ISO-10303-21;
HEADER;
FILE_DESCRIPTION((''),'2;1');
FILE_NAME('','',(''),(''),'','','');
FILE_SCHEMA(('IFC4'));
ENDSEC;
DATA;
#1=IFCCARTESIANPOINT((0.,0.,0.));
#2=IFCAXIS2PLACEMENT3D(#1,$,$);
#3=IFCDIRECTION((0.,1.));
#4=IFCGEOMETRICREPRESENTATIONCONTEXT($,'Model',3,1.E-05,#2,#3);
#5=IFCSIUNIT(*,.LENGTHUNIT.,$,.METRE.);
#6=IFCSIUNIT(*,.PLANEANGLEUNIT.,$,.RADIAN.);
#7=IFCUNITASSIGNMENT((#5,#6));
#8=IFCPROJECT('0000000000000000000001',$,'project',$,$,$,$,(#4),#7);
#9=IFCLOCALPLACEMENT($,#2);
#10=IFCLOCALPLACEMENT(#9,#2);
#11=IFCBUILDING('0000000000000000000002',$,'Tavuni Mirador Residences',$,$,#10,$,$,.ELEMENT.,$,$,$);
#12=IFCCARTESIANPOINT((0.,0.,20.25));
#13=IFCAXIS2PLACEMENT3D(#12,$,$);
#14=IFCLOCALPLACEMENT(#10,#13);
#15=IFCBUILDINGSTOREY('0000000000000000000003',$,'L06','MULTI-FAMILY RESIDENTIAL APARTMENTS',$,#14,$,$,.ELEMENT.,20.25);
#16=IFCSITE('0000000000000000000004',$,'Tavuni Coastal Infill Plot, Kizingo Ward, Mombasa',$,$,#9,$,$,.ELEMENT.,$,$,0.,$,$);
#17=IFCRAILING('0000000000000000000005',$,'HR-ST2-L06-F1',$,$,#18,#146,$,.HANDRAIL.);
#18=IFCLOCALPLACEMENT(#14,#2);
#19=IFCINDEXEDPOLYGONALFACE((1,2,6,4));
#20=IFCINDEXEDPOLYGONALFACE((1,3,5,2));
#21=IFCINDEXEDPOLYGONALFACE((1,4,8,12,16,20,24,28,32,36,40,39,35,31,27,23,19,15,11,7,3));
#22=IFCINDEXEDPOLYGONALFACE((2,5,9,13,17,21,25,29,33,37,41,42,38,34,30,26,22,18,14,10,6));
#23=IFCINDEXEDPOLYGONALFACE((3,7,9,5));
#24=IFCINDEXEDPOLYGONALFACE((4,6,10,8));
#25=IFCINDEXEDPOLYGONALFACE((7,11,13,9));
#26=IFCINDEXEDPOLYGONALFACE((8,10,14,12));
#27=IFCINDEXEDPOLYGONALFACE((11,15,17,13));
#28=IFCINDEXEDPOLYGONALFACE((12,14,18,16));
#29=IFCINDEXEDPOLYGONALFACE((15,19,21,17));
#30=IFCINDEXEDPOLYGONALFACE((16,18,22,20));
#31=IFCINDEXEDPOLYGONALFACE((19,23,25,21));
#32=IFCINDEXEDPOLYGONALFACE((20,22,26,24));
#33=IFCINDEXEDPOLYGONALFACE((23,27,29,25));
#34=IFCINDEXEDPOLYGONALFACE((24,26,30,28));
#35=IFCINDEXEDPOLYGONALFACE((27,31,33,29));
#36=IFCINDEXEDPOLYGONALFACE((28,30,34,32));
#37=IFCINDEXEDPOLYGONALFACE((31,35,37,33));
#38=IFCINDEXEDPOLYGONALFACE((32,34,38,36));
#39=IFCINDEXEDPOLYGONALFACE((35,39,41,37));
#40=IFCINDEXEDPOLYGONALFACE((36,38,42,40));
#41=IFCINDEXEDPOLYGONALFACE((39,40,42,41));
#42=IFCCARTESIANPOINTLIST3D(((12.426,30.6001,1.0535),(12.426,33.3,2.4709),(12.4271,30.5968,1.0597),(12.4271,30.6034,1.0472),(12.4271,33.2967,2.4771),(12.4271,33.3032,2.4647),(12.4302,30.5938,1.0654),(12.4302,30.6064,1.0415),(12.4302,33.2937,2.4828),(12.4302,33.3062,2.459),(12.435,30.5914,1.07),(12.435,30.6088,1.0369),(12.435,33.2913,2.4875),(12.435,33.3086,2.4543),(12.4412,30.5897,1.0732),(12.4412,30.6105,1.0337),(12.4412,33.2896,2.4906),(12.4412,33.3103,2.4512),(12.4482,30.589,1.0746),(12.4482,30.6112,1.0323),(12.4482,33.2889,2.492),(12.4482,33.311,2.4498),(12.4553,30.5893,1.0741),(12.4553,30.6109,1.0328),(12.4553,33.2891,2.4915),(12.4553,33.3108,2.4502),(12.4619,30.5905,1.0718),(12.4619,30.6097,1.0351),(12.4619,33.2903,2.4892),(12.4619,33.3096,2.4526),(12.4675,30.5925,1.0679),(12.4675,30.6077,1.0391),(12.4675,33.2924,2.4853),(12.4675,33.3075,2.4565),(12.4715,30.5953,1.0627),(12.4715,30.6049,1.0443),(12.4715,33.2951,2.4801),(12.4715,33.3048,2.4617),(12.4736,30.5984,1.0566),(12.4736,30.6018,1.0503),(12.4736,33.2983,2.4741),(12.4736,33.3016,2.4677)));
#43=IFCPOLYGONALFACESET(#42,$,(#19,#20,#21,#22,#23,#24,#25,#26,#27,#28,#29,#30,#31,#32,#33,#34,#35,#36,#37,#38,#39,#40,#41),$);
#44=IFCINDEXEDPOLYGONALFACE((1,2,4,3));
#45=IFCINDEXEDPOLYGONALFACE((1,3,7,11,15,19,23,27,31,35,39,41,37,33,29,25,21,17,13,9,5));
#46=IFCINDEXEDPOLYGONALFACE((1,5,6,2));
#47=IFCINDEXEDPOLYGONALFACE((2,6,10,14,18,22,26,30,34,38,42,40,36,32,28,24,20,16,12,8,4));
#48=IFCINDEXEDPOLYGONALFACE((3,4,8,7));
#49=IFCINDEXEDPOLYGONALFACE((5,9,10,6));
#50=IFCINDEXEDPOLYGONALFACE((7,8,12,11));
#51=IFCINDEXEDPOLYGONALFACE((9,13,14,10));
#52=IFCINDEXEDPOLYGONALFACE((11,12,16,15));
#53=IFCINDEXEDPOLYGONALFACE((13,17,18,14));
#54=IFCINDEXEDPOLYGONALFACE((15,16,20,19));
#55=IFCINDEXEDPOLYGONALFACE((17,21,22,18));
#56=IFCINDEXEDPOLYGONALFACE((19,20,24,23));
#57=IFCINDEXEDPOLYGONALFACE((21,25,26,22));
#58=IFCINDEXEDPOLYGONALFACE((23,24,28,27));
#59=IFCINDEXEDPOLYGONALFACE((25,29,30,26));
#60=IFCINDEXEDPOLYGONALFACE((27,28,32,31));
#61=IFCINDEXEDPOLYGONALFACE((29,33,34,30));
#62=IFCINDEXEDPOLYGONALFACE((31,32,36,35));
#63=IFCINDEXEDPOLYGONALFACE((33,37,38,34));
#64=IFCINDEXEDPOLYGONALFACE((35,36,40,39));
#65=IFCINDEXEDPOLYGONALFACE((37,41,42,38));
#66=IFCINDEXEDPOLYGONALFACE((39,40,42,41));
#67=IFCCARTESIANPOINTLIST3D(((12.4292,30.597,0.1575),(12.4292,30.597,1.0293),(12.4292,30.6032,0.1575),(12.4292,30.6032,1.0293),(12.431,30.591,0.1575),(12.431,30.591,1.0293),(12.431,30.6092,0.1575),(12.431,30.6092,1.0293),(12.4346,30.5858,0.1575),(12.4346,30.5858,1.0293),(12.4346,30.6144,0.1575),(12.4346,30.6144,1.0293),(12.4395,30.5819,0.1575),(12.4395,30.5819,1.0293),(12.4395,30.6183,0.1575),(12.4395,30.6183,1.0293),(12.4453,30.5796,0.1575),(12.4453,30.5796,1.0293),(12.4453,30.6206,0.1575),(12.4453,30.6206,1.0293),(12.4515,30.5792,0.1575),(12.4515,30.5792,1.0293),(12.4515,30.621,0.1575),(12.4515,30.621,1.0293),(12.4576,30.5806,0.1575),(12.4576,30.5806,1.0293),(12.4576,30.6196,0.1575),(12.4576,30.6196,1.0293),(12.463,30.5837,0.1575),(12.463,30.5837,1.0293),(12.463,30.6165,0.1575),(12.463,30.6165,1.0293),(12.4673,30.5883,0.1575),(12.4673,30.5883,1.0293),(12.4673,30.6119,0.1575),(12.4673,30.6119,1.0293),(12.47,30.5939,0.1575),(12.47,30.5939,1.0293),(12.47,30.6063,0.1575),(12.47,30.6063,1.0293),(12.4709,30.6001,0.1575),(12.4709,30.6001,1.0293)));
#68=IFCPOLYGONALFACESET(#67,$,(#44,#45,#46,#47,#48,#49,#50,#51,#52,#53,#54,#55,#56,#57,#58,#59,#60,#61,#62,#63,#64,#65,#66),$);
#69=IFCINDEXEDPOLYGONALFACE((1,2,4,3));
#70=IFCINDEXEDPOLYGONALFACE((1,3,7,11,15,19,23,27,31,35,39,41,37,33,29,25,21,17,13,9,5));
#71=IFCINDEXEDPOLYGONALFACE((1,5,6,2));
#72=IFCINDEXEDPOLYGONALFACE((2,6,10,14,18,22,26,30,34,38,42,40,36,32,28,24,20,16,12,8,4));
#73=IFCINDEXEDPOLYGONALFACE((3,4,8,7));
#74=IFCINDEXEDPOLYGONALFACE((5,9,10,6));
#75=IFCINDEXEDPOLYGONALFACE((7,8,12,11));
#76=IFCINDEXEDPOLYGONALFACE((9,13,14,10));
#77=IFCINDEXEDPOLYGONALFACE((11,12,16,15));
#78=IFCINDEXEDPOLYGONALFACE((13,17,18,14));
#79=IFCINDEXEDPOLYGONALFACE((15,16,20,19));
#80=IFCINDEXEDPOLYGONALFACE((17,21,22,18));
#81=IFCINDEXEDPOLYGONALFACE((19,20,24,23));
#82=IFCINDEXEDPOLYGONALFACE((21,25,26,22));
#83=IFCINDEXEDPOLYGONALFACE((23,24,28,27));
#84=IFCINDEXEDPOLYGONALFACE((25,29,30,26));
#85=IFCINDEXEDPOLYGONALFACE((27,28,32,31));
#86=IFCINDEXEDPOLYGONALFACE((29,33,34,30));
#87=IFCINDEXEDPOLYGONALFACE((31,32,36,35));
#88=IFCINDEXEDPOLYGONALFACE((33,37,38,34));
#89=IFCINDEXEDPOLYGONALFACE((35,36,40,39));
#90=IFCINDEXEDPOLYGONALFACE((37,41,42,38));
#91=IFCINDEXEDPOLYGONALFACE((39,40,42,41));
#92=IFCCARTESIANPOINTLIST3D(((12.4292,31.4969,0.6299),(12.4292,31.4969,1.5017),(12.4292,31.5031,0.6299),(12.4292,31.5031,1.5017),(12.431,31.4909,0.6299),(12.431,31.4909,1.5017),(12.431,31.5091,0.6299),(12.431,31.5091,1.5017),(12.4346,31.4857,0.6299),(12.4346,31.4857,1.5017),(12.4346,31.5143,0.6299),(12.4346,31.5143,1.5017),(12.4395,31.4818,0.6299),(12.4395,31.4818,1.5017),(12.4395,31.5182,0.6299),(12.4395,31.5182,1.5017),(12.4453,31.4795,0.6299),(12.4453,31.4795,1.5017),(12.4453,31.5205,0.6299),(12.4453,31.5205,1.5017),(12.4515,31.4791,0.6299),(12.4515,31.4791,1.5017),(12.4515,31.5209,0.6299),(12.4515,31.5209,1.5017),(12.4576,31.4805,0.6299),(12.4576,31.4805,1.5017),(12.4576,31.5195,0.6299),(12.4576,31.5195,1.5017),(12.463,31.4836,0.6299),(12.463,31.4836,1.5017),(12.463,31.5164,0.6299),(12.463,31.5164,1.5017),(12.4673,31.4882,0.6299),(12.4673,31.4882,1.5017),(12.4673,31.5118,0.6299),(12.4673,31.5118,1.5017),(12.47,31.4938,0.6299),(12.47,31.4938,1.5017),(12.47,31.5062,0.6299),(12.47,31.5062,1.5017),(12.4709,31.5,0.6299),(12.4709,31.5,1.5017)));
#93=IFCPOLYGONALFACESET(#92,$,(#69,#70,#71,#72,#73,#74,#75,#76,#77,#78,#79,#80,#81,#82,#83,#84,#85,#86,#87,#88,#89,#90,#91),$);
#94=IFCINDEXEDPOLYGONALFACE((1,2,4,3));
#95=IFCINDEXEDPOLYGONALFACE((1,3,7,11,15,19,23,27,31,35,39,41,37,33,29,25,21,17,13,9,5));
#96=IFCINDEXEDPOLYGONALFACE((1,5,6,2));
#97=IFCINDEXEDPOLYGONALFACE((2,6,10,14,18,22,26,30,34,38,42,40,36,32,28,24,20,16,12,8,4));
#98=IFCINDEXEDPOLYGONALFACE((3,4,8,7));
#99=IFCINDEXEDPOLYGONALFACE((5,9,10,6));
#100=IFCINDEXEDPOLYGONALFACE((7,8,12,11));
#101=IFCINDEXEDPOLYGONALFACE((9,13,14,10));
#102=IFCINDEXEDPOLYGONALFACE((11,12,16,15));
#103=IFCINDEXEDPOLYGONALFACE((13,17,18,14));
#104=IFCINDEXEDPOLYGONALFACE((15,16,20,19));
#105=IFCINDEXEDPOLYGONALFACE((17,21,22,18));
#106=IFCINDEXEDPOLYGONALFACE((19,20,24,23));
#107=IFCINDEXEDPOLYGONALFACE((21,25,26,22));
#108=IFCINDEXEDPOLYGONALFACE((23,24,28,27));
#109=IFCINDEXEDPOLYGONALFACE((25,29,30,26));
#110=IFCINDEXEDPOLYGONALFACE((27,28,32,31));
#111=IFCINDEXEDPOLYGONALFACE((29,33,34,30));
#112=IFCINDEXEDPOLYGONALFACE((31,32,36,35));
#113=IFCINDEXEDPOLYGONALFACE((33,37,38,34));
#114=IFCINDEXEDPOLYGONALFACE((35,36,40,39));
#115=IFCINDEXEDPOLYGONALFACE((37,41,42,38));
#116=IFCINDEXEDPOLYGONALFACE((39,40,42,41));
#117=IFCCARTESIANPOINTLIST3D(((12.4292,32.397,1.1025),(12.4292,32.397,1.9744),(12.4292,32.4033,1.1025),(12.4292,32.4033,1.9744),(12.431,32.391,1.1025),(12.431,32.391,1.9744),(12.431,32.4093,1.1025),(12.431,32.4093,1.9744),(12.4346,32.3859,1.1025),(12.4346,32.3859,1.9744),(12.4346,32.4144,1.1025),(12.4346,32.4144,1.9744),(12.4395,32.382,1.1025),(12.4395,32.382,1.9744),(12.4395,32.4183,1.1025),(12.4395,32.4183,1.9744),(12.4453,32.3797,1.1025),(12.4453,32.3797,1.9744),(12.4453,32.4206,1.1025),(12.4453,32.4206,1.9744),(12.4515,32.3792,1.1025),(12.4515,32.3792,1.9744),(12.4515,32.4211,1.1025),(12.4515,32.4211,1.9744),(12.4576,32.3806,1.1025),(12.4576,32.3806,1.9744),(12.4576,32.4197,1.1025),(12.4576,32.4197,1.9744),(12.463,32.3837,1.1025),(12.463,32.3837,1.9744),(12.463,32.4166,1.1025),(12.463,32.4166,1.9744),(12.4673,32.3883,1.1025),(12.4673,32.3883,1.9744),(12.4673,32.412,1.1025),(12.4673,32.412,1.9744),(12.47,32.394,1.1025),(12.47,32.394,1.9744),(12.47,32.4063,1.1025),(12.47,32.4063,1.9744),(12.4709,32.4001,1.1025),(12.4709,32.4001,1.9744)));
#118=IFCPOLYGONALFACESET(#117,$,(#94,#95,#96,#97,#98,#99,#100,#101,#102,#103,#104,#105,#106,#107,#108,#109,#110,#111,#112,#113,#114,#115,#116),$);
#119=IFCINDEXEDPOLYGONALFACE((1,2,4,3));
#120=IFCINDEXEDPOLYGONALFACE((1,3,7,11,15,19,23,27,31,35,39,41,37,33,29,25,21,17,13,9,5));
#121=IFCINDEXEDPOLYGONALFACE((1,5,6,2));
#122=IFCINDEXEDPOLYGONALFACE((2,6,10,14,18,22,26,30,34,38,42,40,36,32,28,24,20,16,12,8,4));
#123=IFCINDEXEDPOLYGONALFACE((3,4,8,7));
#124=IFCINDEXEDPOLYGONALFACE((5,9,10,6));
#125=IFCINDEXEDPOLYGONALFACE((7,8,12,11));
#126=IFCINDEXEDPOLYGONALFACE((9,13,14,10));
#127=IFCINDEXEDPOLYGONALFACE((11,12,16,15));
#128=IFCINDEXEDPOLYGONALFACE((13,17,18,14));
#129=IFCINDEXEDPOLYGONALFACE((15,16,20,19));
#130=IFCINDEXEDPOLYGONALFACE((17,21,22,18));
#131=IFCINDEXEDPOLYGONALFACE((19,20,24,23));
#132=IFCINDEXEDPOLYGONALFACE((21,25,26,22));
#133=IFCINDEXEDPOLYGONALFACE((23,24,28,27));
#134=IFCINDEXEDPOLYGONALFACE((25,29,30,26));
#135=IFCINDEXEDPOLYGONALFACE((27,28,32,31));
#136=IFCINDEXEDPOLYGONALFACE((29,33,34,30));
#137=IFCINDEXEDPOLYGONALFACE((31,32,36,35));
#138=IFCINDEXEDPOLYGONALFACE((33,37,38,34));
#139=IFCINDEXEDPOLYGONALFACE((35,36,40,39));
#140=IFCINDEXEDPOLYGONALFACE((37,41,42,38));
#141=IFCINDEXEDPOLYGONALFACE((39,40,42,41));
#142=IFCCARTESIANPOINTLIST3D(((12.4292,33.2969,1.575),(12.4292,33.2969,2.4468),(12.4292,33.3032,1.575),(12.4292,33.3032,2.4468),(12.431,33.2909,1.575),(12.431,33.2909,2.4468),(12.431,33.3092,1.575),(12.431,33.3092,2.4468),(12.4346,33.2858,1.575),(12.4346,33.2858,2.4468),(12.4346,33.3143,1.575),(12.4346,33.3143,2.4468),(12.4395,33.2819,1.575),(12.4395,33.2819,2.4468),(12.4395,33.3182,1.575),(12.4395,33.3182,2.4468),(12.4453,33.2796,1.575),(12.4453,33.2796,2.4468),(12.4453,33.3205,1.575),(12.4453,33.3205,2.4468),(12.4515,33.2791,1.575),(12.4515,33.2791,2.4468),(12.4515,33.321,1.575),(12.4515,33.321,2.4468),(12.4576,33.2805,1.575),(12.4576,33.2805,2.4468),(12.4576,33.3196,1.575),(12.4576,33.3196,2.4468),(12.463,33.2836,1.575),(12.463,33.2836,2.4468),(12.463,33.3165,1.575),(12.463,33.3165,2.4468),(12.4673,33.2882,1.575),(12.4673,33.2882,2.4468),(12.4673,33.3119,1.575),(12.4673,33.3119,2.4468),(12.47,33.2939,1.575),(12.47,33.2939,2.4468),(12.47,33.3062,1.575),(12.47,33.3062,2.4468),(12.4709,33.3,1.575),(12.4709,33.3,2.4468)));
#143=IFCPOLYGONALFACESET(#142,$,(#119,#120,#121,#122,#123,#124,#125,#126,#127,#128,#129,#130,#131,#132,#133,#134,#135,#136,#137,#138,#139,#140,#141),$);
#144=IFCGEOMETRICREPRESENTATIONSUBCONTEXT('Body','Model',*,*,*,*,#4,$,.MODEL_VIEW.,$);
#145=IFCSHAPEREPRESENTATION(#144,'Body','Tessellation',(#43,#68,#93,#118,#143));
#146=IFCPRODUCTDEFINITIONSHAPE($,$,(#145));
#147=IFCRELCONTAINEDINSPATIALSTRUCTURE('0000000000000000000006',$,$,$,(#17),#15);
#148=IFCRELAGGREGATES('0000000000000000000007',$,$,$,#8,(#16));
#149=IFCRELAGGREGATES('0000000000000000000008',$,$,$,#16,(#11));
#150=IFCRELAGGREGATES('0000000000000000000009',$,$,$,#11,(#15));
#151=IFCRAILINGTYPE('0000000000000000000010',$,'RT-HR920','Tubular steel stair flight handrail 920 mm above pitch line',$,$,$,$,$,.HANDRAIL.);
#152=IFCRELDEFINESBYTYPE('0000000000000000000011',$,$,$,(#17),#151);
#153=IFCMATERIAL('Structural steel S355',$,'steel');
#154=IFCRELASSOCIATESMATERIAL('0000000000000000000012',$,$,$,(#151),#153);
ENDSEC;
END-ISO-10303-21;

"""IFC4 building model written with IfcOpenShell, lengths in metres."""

from ifc_helpers import new_model, si_unit, direction, frame, origin, origin_2d, place, context, subcontext, project, spatial, circle, extrude, material, type_object, element, save


model = new_model("IFC4")

# Units and contexts
model_context = context("Model", 3, precision=1e-05, world=origin(), true_north=direction((0.0, 1.0)))
body_context = subcontext(model_context, "Body", "Model", "MODEL_VIEW")
ifc_project = project(units=[si_unit("LENGTHUNIT", "METRE"), si_unit("PLANEANGLEUNIT", "RADIAN")], contexts=[model_context])

# Site, building, storey
site_placement = place(None, origin())
site = spatial("IfcSite", under=ifc_project, at=site_placement, Name="Tavuni Coastal Infill Plot, Kizingo Ward, Mombasa", CompositionType="ELEMENT", RefElevation=0.0)
building_placement = place(site_placement, origin())
building = spatial("IfcBuilding", under=site, at=building_placement, Name="Tavuni Mirador Residences", CompositionType="ELEMENT")
storey_placement = place(building_placement, frame((0.0, 0.0, 20.25)))
storey = spatial("IfcBuildingStorey", under=building, at=storey_placement, Name="L06", Description="MULTI-FAMILY RESIDENTIAL APARTMENTS", CompositionType="ELEMENT", Elevation=20.25)

# Shared definitions
ifc_material_1 = material(Name="Structural steel S355", Category="steel")

# Railing
railing_type_1 = type_object("IfcRailingType", Name="RT-HR920", Description="Tubular steel stair flight handrail 920 mm above pitch line", PredefinedType="HANDRAIL", material=ifc_material_1)
railing_1_placement = place(storey_placement, frame((12.45, 30.6001, 0.1575)))
element("IfcRailing", 1, at=railing_1_placement, inside=storey, type_object=railing_type_1, Name="HR-ST2-L06-F1", PredefinedType="HANDRAIL", context=body_context, shape_type="SweptSolid", body=[
    extrude(circle(Radius=0.0239, at=origin_2d()), frame((0.0, 0.0, 0.896), z_axis=(0.0, 0.885397, 0.464835), x_axis=(-1.0, 0.0, 0.0)), (0.0, 0.0, 1.0), 3.0493),
    extrude(circle(Radius=0.021, at=origin_2d()), origin(), (0.0, 0.0, 1.0), 0.8718),
    extrude(circle(Radius=0.021, at=origin_2d()), frame((0.0, 0.8999, 0.4724)), (0.0, 0.0, 1.0), 0.8718),
    extrude(circle(Radius=0.021, at=origin_2d()), frame((0.0, 1.8, 0.9451)), (0.0, 0.0, 1.0), 0.8718),
    extrude(circle(Radius=0.021, at=origin_2d()), frame((0.0, 2.7, 1.4175)), (0.0, 0.0, 1.0), 0.8718),
])

save(model, "model.ifc")
